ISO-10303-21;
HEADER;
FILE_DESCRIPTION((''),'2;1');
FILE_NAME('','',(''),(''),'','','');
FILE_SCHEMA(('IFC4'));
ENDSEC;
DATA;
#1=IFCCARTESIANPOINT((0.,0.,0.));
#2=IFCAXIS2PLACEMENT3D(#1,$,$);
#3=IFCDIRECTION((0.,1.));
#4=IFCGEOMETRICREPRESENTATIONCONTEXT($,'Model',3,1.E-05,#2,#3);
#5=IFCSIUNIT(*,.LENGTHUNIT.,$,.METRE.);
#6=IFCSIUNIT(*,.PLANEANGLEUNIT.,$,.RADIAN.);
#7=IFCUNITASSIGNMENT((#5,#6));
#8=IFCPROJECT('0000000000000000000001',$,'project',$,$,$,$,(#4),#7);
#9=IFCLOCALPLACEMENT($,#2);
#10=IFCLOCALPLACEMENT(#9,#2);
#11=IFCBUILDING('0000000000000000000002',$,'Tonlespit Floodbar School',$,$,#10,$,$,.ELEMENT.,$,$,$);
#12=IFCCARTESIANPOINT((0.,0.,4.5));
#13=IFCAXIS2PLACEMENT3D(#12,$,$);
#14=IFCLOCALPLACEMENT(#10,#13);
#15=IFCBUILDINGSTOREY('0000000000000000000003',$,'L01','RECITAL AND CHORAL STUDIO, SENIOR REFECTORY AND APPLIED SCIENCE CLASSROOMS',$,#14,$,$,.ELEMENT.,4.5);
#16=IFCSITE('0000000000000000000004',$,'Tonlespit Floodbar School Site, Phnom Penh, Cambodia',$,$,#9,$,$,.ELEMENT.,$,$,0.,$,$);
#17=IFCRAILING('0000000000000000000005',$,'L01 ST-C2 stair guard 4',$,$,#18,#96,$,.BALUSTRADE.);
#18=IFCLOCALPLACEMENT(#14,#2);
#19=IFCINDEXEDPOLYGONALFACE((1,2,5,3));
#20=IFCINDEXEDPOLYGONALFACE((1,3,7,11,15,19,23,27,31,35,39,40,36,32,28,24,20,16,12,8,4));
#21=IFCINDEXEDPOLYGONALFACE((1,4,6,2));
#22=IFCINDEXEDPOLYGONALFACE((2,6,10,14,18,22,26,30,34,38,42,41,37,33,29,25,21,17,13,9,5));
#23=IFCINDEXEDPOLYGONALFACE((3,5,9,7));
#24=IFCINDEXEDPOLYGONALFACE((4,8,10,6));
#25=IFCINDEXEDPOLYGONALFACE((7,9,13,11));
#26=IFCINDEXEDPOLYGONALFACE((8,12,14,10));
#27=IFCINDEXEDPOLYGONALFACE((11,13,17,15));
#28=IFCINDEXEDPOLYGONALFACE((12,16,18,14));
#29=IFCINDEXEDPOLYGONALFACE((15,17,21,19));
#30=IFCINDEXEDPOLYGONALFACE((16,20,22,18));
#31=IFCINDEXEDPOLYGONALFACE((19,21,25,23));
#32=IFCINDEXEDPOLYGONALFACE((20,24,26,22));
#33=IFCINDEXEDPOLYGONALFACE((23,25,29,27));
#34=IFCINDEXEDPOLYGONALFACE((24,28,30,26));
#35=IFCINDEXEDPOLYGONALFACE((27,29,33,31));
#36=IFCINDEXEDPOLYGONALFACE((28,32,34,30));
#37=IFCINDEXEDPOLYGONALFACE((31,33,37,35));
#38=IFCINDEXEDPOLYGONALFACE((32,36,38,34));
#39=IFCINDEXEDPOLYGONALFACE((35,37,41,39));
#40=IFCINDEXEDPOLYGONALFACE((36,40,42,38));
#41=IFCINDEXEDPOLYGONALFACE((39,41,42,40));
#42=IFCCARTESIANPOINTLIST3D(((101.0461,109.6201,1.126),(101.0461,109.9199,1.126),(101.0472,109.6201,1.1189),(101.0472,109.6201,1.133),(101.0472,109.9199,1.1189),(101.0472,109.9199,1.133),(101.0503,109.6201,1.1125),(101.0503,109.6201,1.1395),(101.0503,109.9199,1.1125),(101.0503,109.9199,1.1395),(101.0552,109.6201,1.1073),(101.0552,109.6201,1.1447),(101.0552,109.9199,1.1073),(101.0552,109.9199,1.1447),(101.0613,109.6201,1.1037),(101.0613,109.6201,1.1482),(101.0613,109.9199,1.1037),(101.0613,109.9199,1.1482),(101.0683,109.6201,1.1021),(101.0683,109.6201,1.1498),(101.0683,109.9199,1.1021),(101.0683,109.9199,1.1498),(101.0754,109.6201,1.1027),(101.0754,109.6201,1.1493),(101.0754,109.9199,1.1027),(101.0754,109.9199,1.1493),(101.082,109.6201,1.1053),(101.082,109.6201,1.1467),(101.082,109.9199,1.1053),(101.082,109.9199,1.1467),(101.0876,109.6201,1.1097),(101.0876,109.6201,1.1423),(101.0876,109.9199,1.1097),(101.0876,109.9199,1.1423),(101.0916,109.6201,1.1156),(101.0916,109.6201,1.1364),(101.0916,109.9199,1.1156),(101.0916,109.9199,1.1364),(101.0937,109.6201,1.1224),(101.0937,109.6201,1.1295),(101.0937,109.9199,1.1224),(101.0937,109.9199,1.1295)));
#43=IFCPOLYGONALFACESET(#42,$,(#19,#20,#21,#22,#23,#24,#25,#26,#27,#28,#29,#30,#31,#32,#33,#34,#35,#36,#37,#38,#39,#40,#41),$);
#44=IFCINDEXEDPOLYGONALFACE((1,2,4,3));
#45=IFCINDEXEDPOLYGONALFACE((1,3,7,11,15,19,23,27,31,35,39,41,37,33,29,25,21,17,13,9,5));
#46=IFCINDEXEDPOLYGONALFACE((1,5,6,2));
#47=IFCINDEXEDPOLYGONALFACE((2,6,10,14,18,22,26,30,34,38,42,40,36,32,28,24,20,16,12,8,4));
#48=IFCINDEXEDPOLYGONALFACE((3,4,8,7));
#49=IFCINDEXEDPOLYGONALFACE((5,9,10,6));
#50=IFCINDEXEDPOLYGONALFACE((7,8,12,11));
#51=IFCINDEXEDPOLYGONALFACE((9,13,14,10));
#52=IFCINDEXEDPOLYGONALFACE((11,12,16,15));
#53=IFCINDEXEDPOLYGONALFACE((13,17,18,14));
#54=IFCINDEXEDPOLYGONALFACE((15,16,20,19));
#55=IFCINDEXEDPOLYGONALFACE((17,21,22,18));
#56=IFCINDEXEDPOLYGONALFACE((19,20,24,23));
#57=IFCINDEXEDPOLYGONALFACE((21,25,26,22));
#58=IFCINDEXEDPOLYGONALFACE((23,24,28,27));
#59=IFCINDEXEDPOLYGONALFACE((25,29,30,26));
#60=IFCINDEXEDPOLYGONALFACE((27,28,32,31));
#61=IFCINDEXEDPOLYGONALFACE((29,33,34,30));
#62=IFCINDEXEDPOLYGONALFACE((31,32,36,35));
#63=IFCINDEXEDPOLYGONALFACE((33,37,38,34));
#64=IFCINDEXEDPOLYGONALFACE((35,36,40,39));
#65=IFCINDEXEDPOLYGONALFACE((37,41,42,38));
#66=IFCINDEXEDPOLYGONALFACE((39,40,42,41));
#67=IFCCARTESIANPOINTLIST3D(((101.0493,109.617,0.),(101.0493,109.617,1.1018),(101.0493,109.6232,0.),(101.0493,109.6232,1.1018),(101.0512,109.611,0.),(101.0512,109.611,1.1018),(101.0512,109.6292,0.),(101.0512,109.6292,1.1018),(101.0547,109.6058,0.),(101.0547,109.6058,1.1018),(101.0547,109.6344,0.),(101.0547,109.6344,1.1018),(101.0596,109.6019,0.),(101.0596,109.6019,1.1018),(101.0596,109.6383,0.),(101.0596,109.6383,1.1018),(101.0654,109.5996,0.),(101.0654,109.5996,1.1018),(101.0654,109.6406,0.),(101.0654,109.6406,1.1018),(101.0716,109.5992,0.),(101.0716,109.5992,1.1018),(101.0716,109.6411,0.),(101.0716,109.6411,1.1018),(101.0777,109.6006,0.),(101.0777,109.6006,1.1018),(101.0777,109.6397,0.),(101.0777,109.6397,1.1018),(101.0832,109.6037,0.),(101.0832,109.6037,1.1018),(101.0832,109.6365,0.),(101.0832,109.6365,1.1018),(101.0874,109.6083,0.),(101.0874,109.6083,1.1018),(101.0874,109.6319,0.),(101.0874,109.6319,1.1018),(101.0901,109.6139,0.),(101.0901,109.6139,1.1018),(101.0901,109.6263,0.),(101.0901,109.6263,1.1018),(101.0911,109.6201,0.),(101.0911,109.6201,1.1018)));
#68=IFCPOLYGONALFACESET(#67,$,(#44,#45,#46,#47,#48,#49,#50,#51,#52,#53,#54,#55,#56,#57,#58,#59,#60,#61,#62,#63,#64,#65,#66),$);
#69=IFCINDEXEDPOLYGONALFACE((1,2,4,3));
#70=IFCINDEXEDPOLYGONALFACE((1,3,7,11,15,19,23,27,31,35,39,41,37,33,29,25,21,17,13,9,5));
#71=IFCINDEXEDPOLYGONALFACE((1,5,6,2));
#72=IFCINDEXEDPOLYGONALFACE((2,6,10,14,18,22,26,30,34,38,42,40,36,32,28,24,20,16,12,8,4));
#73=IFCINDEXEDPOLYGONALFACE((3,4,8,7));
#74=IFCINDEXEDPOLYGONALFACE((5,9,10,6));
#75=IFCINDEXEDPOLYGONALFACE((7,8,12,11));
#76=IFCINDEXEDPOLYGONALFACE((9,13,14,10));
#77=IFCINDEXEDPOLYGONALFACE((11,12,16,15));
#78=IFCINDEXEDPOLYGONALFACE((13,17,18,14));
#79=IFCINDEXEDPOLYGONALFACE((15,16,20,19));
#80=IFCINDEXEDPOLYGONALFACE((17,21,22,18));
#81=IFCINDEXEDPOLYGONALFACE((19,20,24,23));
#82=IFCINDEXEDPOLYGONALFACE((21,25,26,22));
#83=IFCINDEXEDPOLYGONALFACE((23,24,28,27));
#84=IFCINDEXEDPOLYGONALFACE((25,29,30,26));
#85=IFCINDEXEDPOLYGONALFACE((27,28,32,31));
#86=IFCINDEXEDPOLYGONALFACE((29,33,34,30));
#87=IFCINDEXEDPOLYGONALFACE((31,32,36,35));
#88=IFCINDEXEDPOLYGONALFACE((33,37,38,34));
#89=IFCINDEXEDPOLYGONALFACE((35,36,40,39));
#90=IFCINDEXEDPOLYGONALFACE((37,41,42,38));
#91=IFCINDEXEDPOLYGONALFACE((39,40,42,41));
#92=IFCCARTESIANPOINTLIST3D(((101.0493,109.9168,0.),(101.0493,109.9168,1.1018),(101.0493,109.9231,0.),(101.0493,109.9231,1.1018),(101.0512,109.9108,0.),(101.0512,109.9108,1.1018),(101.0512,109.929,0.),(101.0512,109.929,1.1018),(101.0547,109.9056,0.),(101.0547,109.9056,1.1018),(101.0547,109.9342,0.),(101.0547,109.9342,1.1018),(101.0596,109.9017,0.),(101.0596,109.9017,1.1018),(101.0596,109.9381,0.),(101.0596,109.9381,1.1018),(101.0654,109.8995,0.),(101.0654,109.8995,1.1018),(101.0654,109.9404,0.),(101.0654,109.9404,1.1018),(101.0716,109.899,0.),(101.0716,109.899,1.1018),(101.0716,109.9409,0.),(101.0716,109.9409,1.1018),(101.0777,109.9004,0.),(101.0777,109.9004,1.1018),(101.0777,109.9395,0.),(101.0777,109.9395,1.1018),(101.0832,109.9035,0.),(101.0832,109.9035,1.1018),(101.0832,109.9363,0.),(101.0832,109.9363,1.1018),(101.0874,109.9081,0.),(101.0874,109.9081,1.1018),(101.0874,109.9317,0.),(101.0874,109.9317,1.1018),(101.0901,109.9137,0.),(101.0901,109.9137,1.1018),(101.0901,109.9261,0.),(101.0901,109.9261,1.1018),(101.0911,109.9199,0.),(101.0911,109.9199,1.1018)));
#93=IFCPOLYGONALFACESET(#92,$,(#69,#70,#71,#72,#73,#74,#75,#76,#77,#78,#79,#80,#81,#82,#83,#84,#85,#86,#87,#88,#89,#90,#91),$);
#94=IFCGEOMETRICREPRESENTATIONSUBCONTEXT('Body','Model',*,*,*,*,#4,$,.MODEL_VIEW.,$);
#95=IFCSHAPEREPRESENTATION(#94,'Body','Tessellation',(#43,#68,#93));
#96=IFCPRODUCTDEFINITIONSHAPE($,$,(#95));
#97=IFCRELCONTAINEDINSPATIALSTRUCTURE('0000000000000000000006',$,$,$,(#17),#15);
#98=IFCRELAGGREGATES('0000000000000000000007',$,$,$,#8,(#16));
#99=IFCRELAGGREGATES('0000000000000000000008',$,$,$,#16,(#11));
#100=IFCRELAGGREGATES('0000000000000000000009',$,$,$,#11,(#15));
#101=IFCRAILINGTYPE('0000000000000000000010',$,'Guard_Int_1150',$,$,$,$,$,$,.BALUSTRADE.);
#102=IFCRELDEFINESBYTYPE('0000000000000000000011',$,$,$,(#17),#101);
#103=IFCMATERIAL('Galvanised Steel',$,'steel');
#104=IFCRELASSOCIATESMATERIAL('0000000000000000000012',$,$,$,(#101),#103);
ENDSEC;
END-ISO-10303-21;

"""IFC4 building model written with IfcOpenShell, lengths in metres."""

from ifc_helpers import new_model, si_unit, direction, frame, origin, origin_2d, place, context, subcontext, project, spatial, circle, extrude, material, type_object, element, save


model = new_model("IFC4")

# Units and contexts
model_context = context("Model", 3, precision=1e-05, world=origin(), true_north=direction((0.0, 1.0)))
body_context = subcontext(model_context, "Body", "Model", "MODEL_VIEW")
ifc_project = project(units=[si_unit("LENGTHUNIT", "METRE"), si_unit("PLANEANGLEUNIT", "RADIAN")], contexts=[model_context])

# Site, building, storey
site_placement = place(None, origin())
site = spatial("IfcSite", under=ifc_project, at=site_placement, Name="Tonlespit Floodbar School Site, Phnom Penh, Cambodia", CompositionType="ELEMENT", RefElevation=0.0)
building_placement = place(site_placement, origin())
building = spatial("IfcBuilding", under=site, at=building_placement, Name="Tonlespit Floodbar School", CompositionType="ELEMENT")
storey_placement = place(building_placement, frame((0.0, 0.0, 4.5)))
storey = spatial("IfcBuildingStorey", under=building, at=storey_placement, Name="L01", Description="RECITAL AND CHORAL STUDIO, SENIOR REFECTORY AND APPLIED SCIENCE CLASSROOMS", CompositionType="ELEMENT", Elevation=4.5)

# Railing
ifc_material_1 = material(Name="Galvanised Steel", Category="steel")
railing_type_1 = type_object("IfcRailingType", Name="Guard_Int_1150", PredefinedType="BALUSTRADE", material=ifc_material_1)
railing_1_placement = place(storey_placement, frame((101.0701, 109.6201, 0.0)))
element("IfcRailing", 1, at=railing_1_placement, inside=storey, type_object=railing_type_1, Name="L01 ST-C2 stair guard 4", PredefinedType="BALUSTRADE", context=body_context, shape_type="SweptSolid", body=[
    extrude(circle(Radius=0.0239, at=origin_2d()), frame((0.0, 0.0, 1.126), z_axis=(0.0, 1.0, 0.0), x_axis=(-1.0, 0.0, 0.0)), (0.0, 0.0, 1.0), 0.2998),
    extrude(circle(Radius=0.021, at=origin_2d()), origin(), (0.0, 0.0, 1.0), 1.1018),
    extrude(circle(Radius=0.021, at=origin_2d()), frame((0.0, 0.2998, 0.0)), (0.0, 0.0, 1.0), 1.1018),
])

save(model, "model.ifc")
